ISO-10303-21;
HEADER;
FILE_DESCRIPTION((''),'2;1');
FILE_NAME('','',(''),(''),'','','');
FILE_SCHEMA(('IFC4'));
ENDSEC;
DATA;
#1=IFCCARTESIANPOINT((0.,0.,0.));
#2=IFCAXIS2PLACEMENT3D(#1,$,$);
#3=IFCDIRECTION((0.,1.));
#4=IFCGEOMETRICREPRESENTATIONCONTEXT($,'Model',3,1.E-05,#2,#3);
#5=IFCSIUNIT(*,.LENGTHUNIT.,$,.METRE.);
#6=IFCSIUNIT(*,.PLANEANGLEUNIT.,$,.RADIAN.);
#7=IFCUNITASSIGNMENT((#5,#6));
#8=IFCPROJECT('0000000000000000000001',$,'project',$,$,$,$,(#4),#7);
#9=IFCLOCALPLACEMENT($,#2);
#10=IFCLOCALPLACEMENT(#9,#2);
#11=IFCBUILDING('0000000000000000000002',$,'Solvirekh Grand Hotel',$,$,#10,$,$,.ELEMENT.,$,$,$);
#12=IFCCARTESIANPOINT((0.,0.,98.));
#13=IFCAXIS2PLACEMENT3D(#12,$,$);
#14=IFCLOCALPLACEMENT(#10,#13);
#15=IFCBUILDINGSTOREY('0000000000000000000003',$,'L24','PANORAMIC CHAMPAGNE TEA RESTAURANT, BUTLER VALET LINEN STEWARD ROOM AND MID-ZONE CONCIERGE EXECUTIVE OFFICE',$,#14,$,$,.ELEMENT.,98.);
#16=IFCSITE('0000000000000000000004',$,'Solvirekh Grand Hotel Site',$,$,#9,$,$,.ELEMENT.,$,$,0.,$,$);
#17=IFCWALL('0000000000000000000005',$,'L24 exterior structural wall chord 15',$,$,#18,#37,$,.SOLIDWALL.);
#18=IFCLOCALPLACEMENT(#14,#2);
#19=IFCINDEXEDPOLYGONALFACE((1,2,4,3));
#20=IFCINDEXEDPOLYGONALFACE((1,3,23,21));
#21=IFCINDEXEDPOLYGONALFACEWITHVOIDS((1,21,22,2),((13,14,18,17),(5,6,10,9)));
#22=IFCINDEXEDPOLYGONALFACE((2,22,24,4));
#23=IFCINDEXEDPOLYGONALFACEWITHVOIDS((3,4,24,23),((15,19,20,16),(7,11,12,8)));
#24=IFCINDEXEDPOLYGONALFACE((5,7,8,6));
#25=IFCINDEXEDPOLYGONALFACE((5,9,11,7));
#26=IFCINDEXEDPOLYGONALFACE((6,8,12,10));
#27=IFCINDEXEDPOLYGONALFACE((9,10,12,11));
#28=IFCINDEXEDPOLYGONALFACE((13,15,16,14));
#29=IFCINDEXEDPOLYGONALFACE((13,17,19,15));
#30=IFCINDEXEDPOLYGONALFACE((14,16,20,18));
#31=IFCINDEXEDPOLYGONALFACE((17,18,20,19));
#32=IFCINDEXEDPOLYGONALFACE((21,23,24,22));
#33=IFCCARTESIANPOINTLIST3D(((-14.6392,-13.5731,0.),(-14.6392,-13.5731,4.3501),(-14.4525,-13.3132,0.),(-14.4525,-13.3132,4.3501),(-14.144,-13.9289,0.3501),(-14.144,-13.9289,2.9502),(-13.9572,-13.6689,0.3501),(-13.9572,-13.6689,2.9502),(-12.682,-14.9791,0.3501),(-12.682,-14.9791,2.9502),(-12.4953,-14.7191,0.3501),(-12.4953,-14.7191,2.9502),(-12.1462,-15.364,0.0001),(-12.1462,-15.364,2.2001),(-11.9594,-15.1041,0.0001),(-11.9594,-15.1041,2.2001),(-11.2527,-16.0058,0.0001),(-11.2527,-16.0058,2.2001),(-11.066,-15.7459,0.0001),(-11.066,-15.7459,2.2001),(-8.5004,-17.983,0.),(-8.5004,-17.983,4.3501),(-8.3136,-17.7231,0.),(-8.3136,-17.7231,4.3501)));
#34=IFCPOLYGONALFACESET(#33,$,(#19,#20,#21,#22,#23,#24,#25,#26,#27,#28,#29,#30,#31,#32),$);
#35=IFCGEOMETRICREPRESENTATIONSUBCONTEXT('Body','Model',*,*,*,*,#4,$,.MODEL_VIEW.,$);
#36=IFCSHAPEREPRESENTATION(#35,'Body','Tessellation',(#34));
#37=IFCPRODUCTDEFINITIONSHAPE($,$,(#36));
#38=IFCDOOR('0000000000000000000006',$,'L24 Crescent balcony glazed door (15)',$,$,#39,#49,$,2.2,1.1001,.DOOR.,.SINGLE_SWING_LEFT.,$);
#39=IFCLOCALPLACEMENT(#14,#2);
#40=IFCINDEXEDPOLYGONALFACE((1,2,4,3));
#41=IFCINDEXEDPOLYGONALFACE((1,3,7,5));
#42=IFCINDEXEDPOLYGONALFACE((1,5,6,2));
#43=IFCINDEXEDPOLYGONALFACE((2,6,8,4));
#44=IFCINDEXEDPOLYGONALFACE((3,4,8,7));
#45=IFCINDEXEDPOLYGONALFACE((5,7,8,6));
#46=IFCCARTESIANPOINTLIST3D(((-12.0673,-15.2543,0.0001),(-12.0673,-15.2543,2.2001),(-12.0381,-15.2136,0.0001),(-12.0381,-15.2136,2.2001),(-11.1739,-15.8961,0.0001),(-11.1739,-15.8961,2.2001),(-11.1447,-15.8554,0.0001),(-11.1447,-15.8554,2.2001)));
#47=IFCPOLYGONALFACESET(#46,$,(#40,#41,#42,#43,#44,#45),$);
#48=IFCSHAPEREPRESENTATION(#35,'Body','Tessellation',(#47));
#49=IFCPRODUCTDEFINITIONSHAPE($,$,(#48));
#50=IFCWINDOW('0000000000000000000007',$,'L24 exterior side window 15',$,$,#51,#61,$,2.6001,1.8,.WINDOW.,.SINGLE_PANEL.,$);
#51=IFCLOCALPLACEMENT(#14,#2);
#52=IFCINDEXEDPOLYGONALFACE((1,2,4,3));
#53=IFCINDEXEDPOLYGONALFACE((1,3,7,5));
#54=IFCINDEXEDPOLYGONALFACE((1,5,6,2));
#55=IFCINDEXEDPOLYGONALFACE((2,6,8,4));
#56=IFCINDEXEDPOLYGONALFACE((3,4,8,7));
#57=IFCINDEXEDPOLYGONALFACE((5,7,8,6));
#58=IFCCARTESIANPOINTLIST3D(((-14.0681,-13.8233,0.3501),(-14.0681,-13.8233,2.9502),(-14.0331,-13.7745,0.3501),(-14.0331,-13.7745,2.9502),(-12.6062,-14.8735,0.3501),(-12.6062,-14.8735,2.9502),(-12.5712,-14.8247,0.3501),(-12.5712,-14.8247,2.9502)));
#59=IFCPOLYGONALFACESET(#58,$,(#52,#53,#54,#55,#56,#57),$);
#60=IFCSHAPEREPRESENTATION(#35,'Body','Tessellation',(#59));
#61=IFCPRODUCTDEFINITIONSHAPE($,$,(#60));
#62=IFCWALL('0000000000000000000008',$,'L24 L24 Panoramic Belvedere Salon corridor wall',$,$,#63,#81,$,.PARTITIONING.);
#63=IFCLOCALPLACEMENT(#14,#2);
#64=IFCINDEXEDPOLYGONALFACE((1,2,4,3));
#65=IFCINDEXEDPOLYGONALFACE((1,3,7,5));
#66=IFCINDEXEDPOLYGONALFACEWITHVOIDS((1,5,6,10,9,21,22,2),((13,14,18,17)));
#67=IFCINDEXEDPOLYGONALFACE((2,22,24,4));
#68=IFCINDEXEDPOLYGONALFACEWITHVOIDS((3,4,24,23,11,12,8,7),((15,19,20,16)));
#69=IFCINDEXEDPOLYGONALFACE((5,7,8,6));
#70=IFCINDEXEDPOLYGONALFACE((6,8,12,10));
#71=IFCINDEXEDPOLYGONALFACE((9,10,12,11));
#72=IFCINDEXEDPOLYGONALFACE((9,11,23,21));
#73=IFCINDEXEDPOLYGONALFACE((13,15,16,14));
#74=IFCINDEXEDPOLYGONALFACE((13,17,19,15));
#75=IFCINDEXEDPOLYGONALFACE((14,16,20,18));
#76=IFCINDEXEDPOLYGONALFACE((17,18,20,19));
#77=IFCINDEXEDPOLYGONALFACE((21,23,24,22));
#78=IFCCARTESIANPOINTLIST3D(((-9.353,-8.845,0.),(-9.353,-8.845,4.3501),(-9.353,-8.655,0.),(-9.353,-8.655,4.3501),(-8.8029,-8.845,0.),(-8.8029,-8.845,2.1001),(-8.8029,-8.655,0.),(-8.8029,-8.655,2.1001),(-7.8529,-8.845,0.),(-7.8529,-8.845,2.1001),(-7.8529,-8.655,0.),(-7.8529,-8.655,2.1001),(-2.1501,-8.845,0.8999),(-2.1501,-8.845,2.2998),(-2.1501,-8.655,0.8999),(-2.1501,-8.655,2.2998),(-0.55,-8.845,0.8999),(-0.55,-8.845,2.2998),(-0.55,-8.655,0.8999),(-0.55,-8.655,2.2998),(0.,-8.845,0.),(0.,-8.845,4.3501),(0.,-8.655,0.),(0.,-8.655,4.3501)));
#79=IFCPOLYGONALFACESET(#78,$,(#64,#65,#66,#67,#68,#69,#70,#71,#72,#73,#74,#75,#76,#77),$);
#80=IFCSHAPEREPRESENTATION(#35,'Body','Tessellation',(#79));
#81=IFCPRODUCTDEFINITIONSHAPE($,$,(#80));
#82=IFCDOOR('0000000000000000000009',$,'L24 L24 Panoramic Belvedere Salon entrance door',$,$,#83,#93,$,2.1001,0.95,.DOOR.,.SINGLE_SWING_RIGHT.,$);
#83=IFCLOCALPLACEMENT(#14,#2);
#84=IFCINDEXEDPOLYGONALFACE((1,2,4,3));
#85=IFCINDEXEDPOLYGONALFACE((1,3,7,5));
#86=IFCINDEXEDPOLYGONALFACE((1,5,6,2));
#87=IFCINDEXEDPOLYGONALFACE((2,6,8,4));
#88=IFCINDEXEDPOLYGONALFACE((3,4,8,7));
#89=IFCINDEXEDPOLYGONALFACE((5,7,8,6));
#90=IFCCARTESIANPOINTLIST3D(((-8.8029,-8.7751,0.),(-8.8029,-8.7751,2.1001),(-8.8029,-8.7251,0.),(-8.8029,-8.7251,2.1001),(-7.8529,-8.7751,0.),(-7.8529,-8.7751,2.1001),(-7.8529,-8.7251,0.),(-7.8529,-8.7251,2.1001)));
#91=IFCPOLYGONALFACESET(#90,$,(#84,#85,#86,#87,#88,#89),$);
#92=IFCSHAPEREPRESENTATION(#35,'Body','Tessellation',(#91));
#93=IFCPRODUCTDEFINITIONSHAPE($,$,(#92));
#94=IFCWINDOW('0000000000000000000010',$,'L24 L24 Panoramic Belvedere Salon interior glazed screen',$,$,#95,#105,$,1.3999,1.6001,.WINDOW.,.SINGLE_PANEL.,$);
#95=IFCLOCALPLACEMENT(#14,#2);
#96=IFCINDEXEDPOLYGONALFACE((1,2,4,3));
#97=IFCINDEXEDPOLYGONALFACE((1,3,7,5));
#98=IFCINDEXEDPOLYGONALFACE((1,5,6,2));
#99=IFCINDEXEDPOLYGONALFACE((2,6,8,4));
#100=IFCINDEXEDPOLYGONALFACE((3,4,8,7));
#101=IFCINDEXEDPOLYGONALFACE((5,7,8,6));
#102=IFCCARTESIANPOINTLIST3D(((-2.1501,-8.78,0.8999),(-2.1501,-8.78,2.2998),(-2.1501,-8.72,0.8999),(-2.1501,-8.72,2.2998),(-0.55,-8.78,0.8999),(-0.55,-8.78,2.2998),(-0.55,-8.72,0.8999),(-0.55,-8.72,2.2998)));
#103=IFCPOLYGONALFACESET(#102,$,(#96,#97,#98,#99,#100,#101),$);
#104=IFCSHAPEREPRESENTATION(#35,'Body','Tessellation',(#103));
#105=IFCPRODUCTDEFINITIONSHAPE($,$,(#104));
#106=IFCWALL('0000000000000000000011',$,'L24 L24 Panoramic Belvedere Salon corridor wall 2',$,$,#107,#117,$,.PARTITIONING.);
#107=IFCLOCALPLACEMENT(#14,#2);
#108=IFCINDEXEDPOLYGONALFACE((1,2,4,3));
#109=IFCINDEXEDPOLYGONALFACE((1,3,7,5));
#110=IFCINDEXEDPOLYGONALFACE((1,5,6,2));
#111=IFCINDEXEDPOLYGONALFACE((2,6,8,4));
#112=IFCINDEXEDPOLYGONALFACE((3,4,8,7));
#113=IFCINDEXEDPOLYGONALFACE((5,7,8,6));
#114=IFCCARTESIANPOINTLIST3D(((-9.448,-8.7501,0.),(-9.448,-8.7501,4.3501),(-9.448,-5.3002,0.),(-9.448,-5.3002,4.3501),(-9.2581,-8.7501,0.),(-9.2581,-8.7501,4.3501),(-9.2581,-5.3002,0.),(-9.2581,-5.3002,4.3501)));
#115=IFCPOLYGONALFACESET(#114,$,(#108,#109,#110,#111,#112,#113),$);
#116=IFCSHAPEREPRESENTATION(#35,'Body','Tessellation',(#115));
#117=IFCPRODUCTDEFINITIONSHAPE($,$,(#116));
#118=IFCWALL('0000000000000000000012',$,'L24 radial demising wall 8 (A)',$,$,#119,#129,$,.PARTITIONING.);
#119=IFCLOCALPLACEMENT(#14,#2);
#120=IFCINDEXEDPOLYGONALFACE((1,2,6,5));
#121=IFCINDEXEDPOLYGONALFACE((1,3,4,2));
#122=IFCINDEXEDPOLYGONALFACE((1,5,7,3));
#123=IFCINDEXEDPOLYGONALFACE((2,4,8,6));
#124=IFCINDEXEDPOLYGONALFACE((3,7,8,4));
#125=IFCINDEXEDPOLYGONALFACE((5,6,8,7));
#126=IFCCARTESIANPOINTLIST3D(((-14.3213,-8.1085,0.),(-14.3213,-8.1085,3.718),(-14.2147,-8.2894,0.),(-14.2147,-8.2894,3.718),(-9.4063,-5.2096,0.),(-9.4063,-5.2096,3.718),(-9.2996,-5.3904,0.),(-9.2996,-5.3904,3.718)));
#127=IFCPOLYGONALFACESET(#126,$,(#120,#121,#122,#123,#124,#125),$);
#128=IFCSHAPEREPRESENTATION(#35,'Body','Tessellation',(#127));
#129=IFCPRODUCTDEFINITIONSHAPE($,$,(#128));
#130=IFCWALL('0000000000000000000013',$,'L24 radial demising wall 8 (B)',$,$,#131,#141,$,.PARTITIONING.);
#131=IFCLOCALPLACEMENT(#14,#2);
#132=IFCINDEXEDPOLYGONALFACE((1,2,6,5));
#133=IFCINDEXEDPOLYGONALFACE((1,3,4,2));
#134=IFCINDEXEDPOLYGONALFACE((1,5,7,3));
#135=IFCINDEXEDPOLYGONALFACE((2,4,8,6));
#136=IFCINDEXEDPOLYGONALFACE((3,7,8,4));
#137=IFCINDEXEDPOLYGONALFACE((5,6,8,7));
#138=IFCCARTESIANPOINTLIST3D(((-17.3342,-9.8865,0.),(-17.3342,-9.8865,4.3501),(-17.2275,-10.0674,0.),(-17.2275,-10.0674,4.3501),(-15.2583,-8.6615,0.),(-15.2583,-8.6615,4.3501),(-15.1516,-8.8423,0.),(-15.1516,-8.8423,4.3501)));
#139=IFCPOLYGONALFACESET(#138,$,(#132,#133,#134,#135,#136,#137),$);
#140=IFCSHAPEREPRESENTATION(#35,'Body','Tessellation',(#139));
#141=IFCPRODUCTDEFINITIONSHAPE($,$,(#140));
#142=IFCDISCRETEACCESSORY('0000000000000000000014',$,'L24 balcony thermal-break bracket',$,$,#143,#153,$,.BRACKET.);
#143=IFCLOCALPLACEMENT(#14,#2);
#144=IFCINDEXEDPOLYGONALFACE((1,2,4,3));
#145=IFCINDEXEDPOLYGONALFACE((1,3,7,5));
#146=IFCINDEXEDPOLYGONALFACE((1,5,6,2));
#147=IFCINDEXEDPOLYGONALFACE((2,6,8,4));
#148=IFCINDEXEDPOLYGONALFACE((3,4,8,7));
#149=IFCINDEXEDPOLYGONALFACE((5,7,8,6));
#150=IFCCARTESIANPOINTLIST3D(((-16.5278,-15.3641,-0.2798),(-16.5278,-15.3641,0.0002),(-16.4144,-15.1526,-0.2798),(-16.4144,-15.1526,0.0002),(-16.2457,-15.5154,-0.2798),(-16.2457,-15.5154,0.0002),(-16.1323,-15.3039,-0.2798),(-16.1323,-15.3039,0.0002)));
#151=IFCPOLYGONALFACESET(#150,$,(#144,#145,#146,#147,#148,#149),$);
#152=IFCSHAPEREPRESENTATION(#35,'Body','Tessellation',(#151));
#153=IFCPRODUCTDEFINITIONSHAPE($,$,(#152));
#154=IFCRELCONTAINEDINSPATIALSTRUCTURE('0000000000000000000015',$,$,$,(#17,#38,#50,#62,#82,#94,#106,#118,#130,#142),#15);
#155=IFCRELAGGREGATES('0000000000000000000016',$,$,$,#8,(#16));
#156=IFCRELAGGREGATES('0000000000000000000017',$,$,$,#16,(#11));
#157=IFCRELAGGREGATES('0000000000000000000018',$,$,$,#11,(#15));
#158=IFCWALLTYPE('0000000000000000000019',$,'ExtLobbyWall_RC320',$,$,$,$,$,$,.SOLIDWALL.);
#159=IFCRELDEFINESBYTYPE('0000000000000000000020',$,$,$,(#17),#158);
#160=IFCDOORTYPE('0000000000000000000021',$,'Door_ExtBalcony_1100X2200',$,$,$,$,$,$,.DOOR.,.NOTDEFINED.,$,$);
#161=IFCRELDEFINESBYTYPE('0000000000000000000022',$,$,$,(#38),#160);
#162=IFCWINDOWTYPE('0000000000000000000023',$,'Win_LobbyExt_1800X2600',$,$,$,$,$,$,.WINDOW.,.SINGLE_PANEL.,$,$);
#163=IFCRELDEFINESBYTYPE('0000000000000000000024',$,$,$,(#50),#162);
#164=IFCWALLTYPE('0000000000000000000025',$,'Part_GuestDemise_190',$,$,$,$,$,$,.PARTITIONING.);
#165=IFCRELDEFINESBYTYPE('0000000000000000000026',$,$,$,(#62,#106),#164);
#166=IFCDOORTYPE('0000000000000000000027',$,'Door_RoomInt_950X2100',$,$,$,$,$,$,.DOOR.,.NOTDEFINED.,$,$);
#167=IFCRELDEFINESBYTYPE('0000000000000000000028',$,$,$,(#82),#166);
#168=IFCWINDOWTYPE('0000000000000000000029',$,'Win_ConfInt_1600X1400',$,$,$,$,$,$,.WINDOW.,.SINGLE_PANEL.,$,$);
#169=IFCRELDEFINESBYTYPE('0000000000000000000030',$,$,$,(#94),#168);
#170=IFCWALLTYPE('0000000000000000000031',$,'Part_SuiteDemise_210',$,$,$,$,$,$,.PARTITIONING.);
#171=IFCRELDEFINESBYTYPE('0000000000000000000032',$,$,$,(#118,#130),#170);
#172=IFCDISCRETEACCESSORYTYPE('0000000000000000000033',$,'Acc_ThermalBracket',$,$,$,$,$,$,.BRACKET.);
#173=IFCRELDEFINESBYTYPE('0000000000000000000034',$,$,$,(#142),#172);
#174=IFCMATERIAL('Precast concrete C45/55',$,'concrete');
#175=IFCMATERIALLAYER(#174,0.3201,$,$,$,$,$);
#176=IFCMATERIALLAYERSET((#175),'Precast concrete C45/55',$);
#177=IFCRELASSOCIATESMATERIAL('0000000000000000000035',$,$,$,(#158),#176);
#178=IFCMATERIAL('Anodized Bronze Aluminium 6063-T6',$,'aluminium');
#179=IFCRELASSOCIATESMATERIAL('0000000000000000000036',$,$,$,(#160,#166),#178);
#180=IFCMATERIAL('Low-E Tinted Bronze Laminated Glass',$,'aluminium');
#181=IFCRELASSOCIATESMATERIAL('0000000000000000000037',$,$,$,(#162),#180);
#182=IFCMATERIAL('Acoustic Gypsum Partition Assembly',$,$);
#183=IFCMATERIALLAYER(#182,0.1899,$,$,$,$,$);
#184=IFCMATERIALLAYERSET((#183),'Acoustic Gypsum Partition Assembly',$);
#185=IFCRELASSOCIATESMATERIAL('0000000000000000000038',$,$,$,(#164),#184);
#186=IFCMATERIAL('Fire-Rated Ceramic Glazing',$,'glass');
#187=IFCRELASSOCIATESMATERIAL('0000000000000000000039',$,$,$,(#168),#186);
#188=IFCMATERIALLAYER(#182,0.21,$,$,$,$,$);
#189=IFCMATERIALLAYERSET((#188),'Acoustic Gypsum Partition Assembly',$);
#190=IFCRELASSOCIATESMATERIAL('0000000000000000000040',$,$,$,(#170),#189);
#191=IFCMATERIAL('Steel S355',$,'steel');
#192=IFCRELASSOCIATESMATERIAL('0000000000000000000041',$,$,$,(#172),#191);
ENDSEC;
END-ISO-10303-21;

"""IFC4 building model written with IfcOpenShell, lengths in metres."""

from ifc_helpers import new_model, si_unit, direction, frame, frame_2d, origin, origin_2d, place, context, subcontext, project, spatial, rectangle, extrude, material, layer, layer_set, type_object, element, fill, save


model = new_model("IFC4")

# Units and contexts
model_context = context("Model", 3, precision=1e-05, world=origin(), true_north=direction((0.0, 1.0)))
body_context = subcontext(model_context, "Body", "Model", "MODEL_VIEW")
ifc_project = project(units=[si_unit("LENGTHUNIT", "METRE"), si_unit("PLANEANGLEUNIT", "RADIAN")], contexts=[model_context])

# Site, building, storey
site_placement = place(None, origin())
site = spatial("IfcSite", under=ifc_project, at=site_placement, Name="Solvirekh Grand Hotel Site", CompositionType="ELEMENT", RefElevation=0.0)
building_placement = place(site_placement, origin())
building = spatial("IfcBuilding", under=site, at=building_placement, Name="Solvirekh Grand Hotel", CompositionType="ELEMENT")
storey_placement = place(building_placement, frame((0.0, 0.0, 98.0)))
storey = spatial("IfcBuildingStorey", under=building, at=storey_placement, Name="L24", Description="PANORAMIC CHAMPAGNE TEA RESTAURANT, BUTLER VALET LINEN STEWARD ROOM AND MID-ZONE CONCIERGE EXECUTIVE OFFICE", CompositionType="ELEMENT", Elevation=98.0)

# Shared definitions
ifc_material_1 = material(Name="Steel S355", Category="steel")

# Shared definitions
ifc_material_2 = material(Name="Anodized Bronze Aluminium 6063-T6", Category="aluminium")

# Shared definitions
ifc_material_3 = material(Name="Low-E Tinted Bronze Laminated Glass", Category="aluminium")

# Shared definitions
ifc_material_4 = material(Name="Precast concrete C45/55", Category="concrete")
ifc_layer_1 = layer(ifc_material_4, 0.3201)
ifc_layer_set_1 = layer_set([ifc_layer_1], Name="Precast concrete C45/55")
wall_type_1 = type_object("IfcWallType", Name="ExtLobbyWall_RC320", PredefinedType="SOLIDWALL", material=ifc_layer_set_1)

# Walls, openings, doors, windows
wall_1_placement = place(storey_placement, frame((-8.407, -17.853, 0.0), z_axis=(0.0, 0.0, 1.0), x_axis=(-0.812168, 0.583424, 0.0)))
wall_1 = element("IfcWall", 1, at=wall_1_placement, inside=storey, type_object=wall_type_1, Name="L24 exterior structural wall chord 15", PredefinedType="SOLIDWALL", context=body_context, shape_type="SweptSolid", body=[
    extrude(rectangle(XDim=7.5586, YDim=0.3201, at=frame_2d((3.7793, 0.0))), origin(), (0.0, 0.0, 1.0), 4.3501),
])
opening_1_placement = place(wall_1_placement, frame((5.1489, 0.0, 0.3501)))
opening_1 = element("IfcOpeningElement", 2, at=opening_1_placement, cuts=wall_1, PredefinedType="OPENING", context=body_context, shape_type="SweptSolid", body=[
    extrude(rectangle(XDim=1.8, YDim=2.6001, at=frame_2d((0.8999, 1.3))), frame((0.0, 0.1699, 0.0), z_axis=(0.0, -1.0, 0.0), x_axis=(1.0, 0.0, 0.0)), (0.0, 0.0, 1.0), 0.3401),
])
opening_2_placement = place(wall_1_placement, frame((3.3889, 0.0, 0.0)))
opening_2 = element("IfcOpeningElement", 3, at=opening_2_placement, cuts=wall_1, PredefinedType="OPENING", context=body_context, shape_type="SweptSolid", body=[
    extrude(rectangle(XDim=1.1001, YDim=2.2, at=frame_2d((0.55, 1.1001))), frame((0.0, 0.1699, 0.0), z_axis=(0.0, -1.0, 0.0), x_axis=(1.0, 0.0, 0.0)), (0.0, 0.0, 1.0), 0.3401),
])
door_type_1 = type_object("IfcDoorType", Name="Door_ExtBalcony_1100X2200", OperationType="NOTDEFINED", PredefinedType="DOOR", material=ifc_material_2)
door_1_placement = place(opening_2_placement, origin())
door_1 = element("IfcDoor", 4, at=door_1_placement, inside=storey, type_object=door_type_1, Name="L24 Crescent balcony glazed door (15)", OperationType="SINGLE_SWING_LEFT", OverallHeight=2.2, OverallWidth=1.1001, PredefinedType="DOOR", context=body_context, shape_type="SweptSolid", body=[
    extrude(rectangle(XDim=1.1001, YDim=2.2, at=frame_2d((0.55, 1.1001))), frame((0.0, 0.0249, 0.0), z_axis=(0.0, -1.0, 0.0), x_axis=(1.0, 0.0, 0.0)), (0.0, 0.0, 1.0), 0.05),
])
fill(opening_2, door_1)
window_type_1 = type_object("IfcWindowType", Name="Win_LobbyExt_1800X2600", PartitioningType="SINGLE_PANEL", PredefinedType="WINDOW", material=ifc_material_3)
window_1_placement = place(opening_1_placement, origin())
window_1 = element("IfcWindow", 5, at=window_1_placement, inside=storey, type_object=window_type_1, Name="L24 exterior side window 15", OverallHeight=2.6001, OverallWidth=1.8, PartitioningType="SINGLE_PANEL", PredefinedType="WINDOW", context=body_context, shape_type="SweptSolid", body=[
    extrude(rectangle(XDim=1.8, YDim=2.6001, at=frame_2d((0.8999, 1.3))), frame((0.0, 0.03, 0.0), z_axis=(0.0, -1.0, 0.0), x_axis=(1.0, 0.0, 0.0)), (0.0, 0.0, 1.0), 0.0601),
])
fill(opening_1, window_1)
ifc_material_5 = material(Name="Acoustic Gypsum Partition Assembly")
ifc_layer_2 = layer(ifc_material_5, 0.1899)
ifc_layer_set_2 = layer_set([ifc_layer_2], Name="Acoustic Gypsum Partition Assembly")
wall_type_2 = type_object("IfcWallType", Name="Part_GuestDemise_190", PredefinedType="PARTITIONING", material=ifc_layer_set_2)
wall_2_placement = place(storey_placement, frame((-9.353, -8.75, 0.0), z_axis=(0.0, 0.0, 1.0), x_axis=(1.0, 0.0, 0.0)))
wall_2 = element("IfcWall", 6, at=wall_2_placement, inside=storey, type_object=wall_type_2, Name="L24 L24 Panoramic Belvedere Salon corridor wall", PredefinedType="PARTITIONING", context=body_context, shape_type="SweptSolid", body=[
    extrude(rectangle(XDim=9.353, YDim=0.1899, at=frame_2d((4.6765, 0.0))), origin(), (0.0, 0.0, 1.0), 4.3501),
])
opening_3_placement = place(wall_2_placement, frame((0.55, 0.0, 0.0)))
opening_3 = element("IfcOpeningElement", 7, at=opening_3_placement, cuts=wall_2, PredefinedType="OPENING", context=body_context, shape_type="SweptSolid", body=[
    extrude(rectangle(XDim=0.95, YDim=2.1001, at=frame_2d((0.4751, 1.05))), frame((0.0, 0.105, 0.0), z_axis=(0.0, -1.0, 0.0), x_axis=(1.0, 0.0, 0.0)), (0.0, 0.0, 1.0), 0.21),
])
opening_4_placement = place(wall_2_placement, frame((7.2029, 0.0, 0.8999)))
opening_4 = element("IfcOpeningElement", 8, at=opening_4_placement, cuts=wall_2, PredefinedType="OPENING", context=body_context, shape_type="SweptSolid", body=[
    extrude(rectangle(XDim=1.6001, YDim=1.3999, at=frame_2d((0.8, 0.7))), frame((0.0, 0.105, 0.0), z_axis=(0.0, -1.0, 0.0), x_axis=(1.0, 0.0, 0.0)), (0.0, 0.0, 1.0), 0.21),
])
door_type_2 = type_object("IfcDoorType", Name="Door_RoomInt_950X2100", OperationType="NOTDEFINED", PredefinedType="DOOR", material=ifc_material_2)
door_2_placement = place(opening_3_placement, origin())
door_2 = element("IfcDoor", 9, at=door_2_placement, inside=storey, type_object=door_type_2, Name="L24 L24 Panoramic Belvedere Salon entrance door", OperationType="SINGLE_SWING_RIGHT", OverallHeight=2.1001, OverallWidth=0.95, PredefinedType="DOOR", context=body_context, shape_type="SweptSolid", body=[
    extrude(rectangle(XDim=0.95, YDim=2.1001, at=frame_2d((0.4751, 1.05))), frame((0.0, 0.0249, 0.0), z_axis=(0.0, -1.0, 0.0), x_axis=(1.0, 0.0, 0.0)), (0.0, 0.0, 1.0), 0.05),
])
fill(opening_3, door_2)
ifc_material_6 = material(Name="Fire-Rated Ceramic Glazing", Category="glass")
window_type_2 = type_object("IfcWindowType", Name="Win_ConfInt_1600X1400", PartitioningType="SINGLE_PANEL", PredefinedType="WINDOW", material=ifc_material_6)
window_2_placement = place(opening_4_placement, origin())
window_2 = element("IfcWindow", 10, at=window_2_placement, inside=storey, type_object=window_type_2, Name="L24 L24 Panoramic Belvedere Salon interior glazed screen", OverallHeight=1.3999, OverallWidth=1.6001, PartitioningType="SINGLE_PANEL", PredefinedType="WINDOW", context=body_context, shape_type="SweptSolid", body=[
    extrude(rectangle(XDim=1.6001, YDim=1.3999, at=frame_2d((0.8, 0.7))), frame((0.0, 0.03, 0.0), z_axis=(0.0, -1.0, 0.0), x_axis=(1.0, 0.0, 0.0)), (0.0, 0.0, 1.0), 0.0601),
])
fill(opening_4, window_2)

# Walls
wall_3_placement = place(storey_placement, frame((-9.353, -5.3, 0.0), z_axis=(0.0, 0.0, 1.0), x_axis=(0.0, -1.0, 0.0)))
element("IfcWall", 11, at=wall_3_placement, inside=storey, type_object=wall_type_2, Name="L24 L24 Panoramic Belvedere Salon corridor wall 2", PredefinedType="PARTITIONING", context=body_context, shape_type="SweptSolid", body=[
    extrude(rectangle(XDim=3.45, YDim=0.1899, at=frame_2d((1.7251, 0.0))), origin(), (0.0, 0.0, 1.0), 4.3501),
])
ifc_layer_3 = layer(ifc_material_5, 0.21)
ifc_layer_set_3 = layer_set([ifc_layer_3], Name="Acoustic Gypsum Partition Assembly")
wall_type_3 = type_object("IfcWallType", Name="Part_SuiteDemise_210", PredefinedType="PARTITIONING", material=ifc_layer_set_3)
wall_4_placement = place(storey_placement, frame((-9.353, -5.3, 0.0), z_axis=(0.0, 0.0, 1.0), x_axis=(-0.861342, -0.508026, 0.0)))
element("IfcWall", 12, at=wall_4_placement, inside=storey, type_object=wall_type_3, Name="L24 radial demising wall 8 (A)", PredefinedType="PARTITIONING", context=body_context, shape_type="SweptSolid", body=[
    extrude(rectangle(XDim=5.7063, YDim=0.21, at=frame_2d((2.853, 0.0))), origin(), (0.0, 0.0, 1.0), 3.718),
])
wall_5_placement = place(storey_placement, frame((-15.2051, -8.752, 0.0), z_axis=(0.0, 0.0, 1.0), x_axis=(-0.861215, -0.508241, 0.0)))
element("IfcWall", 13, at=wall_5_placement, inside=storey, type_object=wall_type_3, Name="L24 radial demising wall 8 (B)", PredefinedType="PARTITIONING", context=body_context, shape_type="SweptSolid", body=[
    extrude(rectangle(XDim=2.4104, YDim=0.21, at=frame_2d((1.2051, 0.0))), origin(), (0.0, 0.0, 1.0), 4.3501),
])

# Discrete accessory
discrete_accessory_type = type_object("IfcDiscreteAccessoryType", Name="Acc_ThermalBracket", PredefinedType="BRACKET", material=ifc_material_1)
discrete_accessory_placement = place(storey_placement, frame((-16.3301, -15.334, -0.2798), z_axis=(0.0, 0.0, 1.0), x_axis=(0.881303, -0.472551, 0.0)))
element("IfcDiscreteAccessory", 14, at=discrete_accessory_placement, inside=storey, type_object=discrete_accessory_type, Name="L24 balcony thermal-break bracket", PredefinedType="BRACKET", context=body_context, shape_type="SweptSolid", body=[
    extrude(rectangle(XDim=0.3201, YDim=0.24, at=origin_2d()), origin(), (0.0, 0.0, 1.0), 0.28),
])

save(model, "model.ifc")
